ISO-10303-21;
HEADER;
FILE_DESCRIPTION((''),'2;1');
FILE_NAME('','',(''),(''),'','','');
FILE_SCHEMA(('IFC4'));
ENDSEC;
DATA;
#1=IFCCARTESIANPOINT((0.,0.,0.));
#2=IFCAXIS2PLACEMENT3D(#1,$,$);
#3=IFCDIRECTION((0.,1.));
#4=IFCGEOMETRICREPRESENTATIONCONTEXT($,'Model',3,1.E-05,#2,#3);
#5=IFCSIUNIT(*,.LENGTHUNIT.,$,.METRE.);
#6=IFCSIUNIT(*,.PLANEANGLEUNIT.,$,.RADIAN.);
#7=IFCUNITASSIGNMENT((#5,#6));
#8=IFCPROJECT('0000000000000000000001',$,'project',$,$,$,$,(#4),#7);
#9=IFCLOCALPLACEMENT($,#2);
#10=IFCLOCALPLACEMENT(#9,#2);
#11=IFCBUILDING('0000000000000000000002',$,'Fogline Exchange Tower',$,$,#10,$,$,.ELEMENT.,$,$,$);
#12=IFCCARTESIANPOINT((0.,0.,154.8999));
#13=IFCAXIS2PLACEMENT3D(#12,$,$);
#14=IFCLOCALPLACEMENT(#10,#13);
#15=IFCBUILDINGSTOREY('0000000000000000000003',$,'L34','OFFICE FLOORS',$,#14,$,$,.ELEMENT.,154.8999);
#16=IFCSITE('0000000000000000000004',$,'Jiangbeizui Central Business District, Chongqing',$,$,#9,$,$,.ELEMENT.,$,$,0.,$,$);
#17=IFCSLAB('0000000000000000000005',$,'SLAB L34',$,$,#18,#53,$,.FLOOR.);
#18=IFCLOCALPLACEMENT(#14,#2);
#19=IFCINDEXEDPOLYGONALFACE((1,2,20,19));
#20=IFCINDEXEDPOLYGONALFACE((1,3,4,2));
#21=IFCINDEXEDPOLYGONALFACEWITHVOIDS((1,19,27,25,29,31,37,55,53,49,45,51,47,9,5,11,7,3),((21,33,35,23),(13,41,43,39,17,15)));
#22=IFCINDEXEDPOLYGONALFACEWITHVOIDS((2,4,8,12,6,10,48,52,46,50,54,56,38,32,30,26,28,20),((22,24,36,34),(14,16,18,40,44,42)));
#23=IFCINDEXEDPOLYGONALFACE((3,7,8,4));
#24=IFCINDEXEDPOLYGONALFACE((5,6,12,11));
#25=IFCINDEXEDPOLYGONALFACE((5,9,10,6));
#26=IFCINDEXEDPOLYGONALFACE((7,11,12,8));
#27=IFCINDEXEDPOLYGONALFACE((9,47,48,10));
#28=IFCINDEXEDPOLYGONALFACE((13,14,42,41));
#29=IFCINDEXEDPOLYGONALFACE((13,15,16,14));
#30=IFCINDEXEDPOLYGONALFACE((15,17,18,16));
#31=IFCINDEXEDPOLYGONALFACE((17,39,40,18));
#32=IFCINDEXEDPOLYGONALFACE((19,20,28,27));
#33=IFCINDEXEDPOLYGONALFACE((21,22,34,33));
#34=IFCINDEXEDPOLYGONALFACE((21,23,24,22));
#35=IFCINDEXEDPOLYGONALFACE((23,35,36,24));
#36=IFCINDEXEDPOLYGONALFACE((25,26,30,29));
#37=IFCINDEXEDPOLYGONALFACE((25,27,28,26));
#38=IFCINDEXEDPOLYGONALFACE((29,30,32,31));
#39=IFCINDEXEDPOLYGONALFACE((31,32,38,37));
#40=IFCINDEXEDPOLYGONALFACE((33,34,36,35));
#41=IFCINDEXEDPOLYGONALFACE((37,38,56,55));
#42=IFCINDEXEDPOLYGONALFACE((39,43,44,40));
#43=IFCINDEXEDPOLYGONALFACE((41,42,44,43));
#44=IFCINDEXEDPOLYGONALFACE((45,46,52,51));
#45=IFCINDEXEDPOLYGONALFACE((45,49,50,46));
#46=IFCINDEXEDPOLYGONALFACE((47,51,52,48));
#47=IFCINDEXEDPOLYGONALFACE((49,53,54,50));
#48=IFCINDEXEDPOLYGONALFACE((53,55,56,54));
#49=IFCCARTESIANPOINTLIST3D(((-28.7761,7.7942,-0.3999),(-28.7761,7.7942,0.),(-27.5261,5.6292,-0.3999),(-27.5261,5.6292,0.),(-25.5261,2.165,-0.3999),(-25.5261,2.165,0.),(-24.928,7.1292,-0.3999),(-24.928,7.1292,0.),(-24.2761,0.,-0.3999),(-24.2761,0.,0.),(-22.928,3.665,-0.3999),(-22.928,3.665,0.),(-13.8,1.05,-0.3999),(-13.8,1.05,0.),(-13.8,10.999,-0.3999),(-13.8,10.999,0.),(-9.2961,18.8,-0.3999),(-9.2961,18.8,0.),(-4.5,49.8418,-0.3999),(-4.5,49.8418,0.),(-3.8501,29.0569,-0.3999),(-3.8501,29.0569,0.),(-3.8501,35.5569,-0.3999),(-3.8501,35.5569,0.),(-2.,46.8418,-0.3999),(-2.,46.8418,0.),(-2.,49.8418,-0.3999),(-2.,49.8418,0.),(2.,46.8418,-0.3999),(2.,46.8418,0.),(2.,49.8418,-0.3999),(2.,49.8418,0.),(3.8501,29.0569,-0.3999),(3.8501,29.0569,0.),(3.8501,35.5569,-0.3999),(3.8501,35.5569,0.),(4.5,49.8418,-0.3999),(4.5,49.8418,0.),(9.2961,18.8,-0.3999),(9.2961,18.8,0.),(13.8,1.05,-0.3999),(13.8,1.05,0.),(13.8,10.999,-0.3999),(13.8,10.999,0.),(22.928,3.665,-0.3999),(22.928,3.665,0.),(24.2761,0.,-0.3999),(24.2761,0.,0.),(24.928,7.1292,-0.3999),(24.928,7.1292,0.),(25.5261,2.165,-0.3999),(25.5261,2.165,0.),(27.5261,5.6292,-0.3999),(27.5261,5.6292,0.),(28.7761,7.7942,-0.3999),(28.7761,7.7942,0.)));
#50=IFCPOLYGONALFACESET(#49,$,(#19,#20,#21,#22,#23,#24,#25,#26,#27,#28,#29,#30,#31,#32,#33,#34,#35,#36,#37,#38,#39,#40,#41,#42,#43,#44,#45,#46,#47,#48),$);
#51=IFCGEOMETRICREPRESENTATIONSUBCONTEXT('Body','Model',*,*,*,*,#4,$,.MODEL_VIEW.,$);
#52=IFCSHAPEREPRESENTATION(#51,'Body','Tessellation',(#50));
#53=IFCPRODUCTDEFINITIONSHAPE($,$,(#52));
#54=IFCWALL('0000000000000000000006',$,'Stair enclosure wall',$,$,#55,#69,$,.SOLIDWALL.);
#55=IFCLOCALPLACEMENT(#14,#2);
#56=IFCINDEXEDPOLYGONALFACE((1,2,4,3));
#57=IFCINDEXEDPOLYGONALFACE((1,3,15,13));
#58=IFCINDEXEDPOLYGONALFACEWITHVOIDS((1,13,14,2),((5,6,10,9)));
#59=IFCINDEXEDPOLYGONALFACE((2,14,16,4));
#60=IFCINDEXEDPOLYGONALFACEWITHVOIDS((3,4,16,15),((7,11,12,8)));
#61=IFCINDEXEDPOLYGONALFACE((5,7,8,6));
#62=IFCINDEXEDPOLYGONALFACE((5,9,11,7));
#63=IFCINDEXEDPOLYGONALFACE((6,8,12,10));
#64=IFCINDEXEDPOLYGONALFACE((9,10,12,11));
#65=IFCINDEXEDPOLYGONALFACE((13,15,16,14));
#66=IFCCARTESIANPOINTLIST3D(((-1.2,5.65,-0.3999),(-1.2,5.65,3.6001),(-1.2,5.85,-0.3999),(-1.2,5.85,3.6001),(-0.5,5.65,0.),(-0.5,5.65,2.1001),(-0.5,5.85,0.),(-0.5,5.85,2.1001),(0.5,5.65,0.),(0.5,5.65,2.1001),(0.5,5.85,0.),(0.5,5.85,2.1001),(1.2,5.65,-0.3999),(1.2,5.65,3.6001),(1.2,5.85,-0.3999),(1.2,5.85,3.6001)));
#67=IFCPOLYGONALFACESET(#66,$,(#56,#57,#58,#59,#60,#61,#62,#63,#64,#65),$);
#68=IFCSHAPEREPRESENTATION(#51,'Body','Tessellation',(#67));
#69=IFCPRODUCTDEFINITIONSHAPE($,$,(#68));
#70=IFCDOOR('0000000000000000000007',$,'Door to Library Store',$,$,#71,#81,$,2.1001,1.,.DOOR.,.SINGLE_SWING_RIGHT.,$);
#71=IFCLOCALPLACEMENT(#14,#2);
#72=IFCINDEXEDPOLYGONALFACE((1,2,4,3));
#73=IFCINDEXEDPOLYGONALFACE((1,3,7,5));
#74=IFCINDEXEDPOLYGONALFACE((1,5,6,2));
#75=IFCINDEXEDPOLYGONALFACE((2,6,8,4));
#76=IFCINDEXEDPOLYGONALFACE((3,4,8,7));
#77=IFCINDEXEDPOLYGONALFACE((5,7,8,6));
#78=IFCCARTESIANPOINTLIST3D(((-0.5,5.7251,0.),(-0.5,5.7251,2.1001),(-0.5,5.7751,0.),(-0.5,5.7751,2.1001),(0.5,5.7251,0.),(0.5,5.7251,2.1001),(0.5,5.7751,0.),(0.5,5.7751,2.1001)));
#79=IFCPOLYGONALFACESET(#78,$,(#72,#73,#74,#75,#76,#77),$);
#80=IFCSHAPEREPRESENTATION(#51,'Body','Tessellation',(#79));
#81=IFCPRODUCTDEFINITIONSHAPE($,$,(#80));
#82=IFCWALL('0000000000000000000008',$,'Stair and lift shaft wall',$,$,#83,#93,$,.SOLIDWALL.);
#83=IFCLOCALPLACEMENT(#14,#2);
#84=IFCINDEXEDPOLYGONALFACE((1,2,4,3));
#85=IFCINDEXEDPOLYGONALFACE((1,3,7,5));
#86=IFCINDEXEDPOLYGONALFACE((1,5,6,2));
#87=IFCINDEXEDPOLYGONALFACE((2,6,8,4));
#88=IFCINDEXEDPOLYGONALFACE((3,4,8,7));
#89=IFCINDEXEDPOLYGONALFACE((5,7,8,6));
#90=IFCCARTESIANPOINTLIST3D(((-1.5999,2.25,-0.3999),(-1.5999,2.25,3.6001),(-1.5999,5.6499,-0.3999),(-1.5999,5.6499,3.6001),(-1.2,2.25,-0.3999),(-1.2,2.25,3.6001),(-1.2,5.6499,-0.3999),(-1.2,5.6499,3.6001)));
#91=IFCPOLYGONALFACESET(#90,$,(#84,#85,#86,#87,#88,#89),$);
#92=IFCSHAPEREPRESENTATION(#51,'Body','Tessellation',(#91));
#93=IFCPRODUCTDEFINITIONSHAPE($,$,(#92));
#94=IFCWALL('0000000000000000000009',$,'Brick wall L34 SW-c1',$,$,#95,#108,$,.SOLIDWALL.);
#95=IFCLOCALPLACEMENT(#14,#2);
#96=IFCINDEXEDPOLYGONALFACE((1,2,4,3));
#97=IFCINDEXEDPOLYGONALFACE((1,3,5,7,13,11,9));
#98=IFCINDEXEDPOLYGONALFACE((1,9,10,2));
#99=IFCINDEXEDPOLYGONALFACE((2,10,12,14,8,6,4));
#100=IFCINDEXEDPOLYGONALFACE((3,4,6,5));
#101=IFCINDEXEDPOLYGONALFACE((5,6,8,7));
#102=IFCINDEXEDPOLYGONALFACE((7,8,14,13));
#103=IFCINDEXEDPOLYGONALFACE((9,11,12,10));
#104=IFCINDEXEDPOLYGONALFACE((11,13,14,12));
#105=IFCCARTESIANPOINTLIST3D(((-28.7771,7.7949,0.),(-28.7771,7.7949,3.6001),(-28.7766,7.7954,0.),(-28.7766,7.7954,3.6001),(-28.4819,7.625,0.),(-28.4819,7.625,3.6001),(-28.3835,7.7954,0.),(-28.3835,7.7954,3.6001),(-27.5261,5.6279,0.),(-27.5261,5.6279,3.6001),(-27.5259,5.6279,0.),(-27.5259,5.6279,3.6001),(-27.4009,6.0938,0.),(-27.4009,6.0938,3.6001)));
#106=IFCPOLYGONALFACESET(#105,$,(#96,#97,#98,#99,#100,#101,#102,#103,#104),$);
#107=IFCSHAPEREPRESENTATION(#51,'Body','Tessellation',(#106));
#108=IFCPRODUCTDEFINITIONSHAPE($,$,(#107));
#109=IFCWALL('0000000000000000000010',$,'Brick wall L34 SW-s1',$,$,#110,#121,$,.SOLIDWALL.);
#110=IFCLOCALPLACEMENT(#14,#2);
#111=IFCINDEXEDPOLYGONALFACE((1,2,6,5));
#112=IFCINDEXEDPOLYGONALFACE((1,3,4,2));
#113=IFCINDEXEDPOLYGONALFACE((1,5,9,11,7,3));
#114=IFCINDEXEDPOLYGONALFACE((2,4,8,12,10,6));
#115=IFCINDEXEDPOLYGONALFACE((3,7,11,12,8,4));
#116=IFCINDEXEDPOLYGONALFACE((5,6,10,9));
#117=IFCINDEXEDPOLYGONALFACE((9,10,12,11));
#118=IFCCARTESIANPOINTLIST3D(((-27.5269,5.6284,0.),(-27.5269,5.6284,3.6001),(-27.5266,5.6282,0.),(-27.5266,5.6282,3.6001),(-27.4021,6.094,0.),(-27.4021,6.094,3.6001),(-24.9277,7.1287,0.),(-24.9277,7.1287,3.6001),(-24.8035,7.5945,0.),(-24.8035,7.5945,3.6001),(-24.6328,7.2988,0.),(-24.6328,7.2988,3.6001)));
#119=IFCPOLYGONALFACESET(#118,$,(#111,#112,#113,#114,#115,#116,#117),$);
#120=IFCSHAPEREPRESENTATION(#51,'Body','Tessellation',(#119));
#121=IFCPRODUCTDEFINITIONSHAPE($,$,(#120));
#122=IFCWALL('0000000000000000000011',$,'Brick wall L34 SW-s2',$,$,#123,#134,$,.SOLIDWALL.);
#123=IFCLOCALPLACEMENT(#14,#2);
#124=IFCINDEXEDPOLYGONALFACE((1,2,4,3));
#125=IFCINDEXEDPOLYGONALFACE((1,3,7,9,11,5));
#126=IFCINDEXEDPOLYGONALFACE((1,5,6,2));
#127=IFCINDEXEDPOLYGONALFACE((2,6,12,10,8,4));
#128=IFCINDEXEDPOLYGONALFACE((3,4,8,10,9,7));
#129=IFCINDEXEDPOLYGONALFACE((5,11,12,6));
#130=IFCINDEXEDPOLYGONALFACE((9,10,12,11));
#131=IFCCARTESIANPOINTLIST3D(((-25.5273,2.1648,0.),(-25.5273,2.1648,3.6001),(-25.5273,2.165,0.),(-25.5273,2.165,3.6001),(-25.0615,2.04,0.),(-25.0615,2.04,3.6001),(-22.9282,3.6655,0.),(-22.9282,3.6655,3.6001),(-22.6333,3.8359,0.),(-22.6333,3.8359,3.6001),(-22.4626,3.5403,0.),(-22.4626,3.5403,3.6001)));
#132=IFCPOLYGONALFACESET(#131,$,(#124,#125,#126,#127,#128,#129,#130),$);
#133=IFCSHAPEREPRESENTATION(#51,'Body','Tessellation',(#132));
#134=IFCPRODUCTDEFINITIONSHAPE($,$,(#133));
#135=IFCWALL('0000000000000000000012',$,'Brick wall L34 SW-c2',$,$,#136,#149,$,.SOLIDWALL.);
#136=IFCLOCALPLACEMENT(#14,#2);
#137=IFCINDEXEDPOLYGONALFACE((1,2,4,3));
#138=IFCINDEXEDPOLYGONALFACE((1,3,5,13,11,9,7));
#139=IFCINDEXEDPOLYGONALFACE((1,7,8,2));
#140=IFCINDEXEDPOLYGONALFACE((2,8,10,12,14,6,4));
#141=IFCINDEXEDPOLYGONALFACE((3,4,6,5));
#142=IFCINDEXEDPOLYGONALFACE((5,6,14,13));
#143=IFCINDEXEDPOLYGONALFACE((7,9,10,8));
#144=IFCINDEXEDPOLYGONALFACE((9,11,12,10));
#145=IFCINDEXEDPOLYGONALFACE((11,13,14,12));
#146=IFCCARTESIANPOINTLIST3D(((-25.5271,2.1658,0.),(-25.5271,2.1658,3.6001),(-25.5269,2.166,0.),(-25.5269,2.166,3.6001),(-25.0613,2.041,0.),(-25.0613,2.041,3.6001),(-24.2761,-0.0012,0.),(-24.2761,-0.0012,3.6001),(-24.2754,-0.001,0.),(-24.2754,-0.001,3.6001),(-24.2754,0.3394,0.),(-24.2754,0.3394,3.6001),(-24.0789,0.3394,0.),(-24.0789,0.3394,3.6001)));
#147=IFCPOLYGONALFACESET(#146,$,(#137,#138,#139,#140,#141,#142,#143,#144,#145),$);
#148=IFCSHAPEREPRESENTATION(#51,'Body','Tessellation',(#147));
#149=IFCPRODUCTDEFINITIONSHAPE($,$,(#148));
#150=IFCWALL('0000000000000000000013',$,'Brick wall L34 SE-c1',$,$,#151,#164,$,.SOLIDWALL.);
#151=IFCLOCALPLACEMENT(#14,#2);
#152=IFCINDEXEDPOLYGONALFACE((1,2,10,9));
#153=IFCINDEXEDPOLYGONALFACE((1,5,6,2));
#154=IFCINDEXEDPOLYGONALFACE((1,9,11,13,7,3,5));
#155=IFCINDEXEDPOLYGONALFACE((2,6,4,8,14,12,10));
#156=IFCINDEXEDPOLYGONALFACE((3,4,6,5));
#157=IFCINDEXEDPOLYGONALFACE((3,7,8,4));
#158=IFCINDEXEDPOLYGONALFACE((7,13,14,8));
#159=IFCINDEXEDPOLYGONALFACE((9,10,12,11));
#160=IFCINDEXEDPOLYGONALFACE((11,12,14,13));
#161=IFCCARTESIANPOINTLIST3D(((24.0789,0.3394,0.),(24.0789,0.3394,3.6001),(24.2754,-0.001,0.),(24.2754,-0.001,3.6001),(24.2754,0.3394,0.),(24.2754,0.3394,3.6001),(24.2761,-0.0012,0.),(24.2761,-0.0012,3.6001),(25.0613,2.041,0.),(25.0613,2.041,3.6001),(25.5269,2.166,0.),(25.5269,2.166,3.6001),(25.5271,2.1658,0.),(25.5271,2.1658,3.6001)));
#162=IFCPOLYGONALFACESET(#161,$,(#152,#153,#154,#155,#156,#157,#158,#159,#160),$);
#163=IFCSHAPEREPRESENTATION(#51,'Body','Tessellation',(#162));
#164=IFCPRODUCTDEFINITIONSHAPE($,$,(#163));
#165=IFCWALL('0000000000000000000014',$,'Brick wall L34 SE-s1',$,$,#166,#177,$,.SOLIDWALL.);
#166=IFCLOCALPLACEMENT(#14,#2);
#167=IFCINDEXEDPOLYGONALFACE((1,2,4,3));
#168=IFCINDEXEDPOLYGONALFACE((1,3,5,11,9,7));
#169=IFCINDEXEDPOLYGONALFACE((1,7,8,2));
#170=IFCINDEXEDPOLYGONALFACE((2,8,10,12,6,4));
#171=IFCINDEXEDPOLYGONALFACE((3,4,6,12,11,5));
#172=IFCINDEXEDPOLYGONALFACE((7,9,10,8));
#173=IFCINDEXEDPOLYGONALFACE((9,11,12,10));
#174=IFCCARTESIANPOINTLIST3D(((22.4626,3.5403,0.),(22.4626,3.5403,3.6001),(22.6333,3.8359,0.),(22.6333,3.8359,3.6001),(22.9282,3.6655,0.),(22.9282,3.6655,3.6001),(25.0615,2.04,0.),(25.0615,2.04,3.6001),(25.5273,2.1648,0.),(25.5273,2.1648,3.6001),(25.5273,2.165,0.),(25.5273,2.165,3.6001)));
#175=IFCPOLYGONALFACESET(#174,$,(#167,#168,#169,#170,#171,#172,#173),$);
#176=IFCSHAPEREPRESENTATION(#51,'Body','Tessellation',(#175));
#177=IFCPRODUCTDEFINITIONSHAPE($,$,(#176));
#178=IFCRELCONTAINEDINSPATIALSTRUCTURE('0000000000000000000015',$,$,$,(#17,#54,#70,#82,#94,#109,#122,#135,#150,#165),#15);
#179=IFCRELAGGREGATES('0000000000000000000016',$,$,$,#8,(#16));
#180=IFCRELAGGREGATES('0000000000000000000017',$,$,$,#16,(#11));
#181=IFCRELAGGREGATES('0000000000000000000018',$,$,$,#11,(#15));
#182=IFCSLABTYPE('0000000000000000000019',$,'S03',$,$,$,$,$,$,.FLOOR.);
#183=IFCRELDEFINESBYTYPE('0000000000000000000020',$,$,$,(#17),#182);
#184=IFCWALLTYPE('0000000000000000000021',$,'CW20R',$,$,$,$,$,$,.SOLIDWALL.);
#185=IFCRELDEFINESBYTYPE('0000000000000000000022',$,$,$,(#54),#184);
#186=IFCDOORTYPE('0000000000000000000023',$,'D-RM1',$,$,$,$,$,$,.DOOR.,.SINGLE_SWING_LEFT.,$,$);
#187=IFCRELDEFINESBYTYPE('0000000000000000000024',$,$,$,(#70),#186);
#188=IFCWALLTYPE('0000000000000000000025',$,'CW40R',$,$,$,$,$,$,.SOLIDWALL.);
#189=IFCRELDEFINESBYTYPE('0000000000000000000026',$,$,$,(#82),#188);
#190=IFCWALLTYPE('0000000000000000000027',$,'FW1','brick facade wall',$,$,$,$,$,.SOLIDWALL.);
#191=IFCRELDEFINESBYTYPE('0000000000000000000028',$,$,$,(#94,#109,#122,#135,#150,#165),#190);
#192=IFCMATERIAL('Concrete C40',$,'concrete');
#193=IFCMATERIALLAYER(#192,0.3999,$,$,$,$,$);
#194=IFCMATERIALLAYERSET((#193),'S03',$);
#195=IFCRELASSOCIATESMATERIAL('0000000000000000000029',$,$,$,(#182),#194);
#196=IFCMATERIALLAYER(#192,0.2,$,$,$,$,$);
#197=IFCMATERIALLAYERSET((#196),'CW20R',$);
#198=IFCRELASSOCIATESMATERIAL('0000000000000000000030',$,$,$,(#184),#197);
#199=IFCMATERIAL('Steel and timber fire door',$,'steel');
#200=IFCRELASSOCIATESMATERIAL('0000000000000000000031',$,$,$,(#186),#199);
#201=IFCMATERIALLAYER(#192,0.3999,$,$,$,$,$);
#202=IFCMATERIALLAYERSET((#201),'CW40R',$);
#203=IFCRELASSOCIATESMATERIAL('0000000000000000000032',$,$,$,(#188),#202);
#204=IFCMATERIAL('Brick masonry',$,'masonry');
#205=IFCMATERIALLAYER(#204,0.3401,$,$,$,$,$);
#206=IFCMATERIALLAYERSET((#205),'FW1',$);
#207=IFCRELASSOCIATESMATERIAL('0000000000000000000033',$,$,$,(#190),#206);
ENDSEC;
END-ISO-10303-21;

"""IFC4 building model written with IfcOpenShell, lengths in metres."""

from ifc_helpers import new_model, si_unit, direction, frame, frame_2d, origin, place, context, subcontext, project, spatial, polyline, rectangle, outline, extrude, material, layer, layer_set, type_object, element, fill, save


model = new_model("IFC4")

# Units and contexts
model_context = context("Model", 3, precision=1e-05, world=origin(), true_north=direction((0.0, 1.0)))
body_context = subcontext(model_context, "Body", "Model", "MODEL_VIEW")
ifc_project = project(units=[si_unit("LENGTHUNIT", "METRE"), si_unit("PLANEANGLEUNIT", "RADIAN")], contexts=[model_context])

# Site, building, storey
site_placement = place(None, origin())
site = spatial("IfcSite", under=ifc_project, at=site_placement, Name="Jiangbeizui Central Business District, Chongqing", CompositionType="ELEMENT", RefElevation=0.0)
building_placement = place(site_placement, origin())
building = spatial("IfcBuilding", under=site, at=building_placement, Name="Fogline Exchange Tower", CompositionType="ELEMENT")
storey_placement = place(building_placement, frame((0.0, 0.0, 154.8999)))
storey = spatial("IfcBuildingStorey", under=building, at=storey_placement, Name="L34", Description="OFFICE FLOORS", CompositionType="ELEMENT", Elevation=154.8999)

# Slab
ifc_material_1 = material(Name="Concrete C40", Category="concrete")
ifc_layer_1 = layer(ifc_material_1, 0.3999)
ifc_layer_set_1 = layer_set([ifc_layer_1], Name="S03")
slab_type = type_object("IfcSlabType", Name="S03", PredefinedType="FLOOR", material=ifc_layer_set_1)
slab_placement = place(storey_placement, frame((0.0, 0.0, -0.3999)))
element("IfcSlab", 1, at=slab_placement, inside=storey, type_object=slab_type, Name="SLAB L34", PredefinedType="FLOOR", context=body_context, shape_type="SweptSolid", body=[
    extrude(outline(polyline([(-2.0, 49.8418), (-4.5, 49.8418), (-28.7761, 7.7942), (-27.5261, 5.6292), (-24.928, 7.1292), (-22.928, 3.665), (-25.5261, 2.165), (-24.2761, 0.0), (24.2761, 0.0), (25.5261, 2.165), (22.928, 3.665), (24.928, 7.1292), (27.5261, 5.6292), (28.7761, 7.7942), (4.5, 49.8418), (2.0, 49.8418), (2.0, 46.8418), (-2.0, 46.8418), (-2.0, 49.8418)]), holes=[polyline([(13.8, 10.999), (13.8, 1.05), (-13.8, 1.05), (-13.8, 10.999), (-9.2961, 18.8), (9.2961, 18.8), (13.8, 10.999)]), polyline([(3.8501, 35.5569), (3.8501, 29.0569), (-3.8501, 29.0569), (-3.8501, 35.5569), (3.8501, 35.5569)])]), origin(), (0.0, 0.0, 1.0), 0.3999),
])

# Wall, opening, door
ifc_layer_2 = layer(ifc_material_1, 0.2)
ifc_layer_set_2 = layer_set([ifc_layer_2], Name="CW20R")
wall_type_1 = type_object("IfcWallType", Name="CW20R", PredefinedType="SOLIDWALL", material=ifc_layer_set_2)
wall_1_placement = place(storey_placement, frame((-1.2, 5.75, -0.3999), z_axis=(0.0, 0.0, 1.0), x_axis=(1.0, 0.0, 0.0)))
wall_1 = element("IfcWall", 2, at=wall_1_placement, inside=storey, type_object=wall_type_1, Name="Stair enclosure wall", PredefinedType="SOLIDWALL", context=body_context, shape_type="SweptSolid", body=[
    extrude(rectangle(XDim=2.3999, YDim=0.2, at=frame_2d((1.2, 0.0))), origin(), (0.0, 0.0, 1.0), 4.0),
])
opening_placement = place(wall_1_placement, frame((0.7, 0.0, 0.3999)))
opening = element("IfcOpeningElement", 3, at=opening_placement, cuts=wall_1, PredefinedType="OPENING", context=body_context, shape_type="SweptSolid", body=[
    extrude(rectangle(XDim=1.0, YDim=2.1001, at=frame_2d((0.5, 1.05))), frame((0.0, 0.1099, 0.0), z_axis=(0.0, -1.0, 0.0), x_axis=(1.0, 0.0, 0.0)), (0.0, 0.0, 1.0), 0.22),
])
ifc_material_2 = material(Name="Steel and timber fire door", Category="steel")
door_type = type_object("IfcDoorType", Name="D-RM1", OperationType="SINGLE_SWING_LEFT", PredefinedType="DOOR", material=ifc_material_2)
door_placement = place(opening_placement, frame((1.0, 0.0, 0.0), z_axis=(0.0, 0.0, 1.0), x_axis=(-1.0, 0.0, 0.0)))
door = element("IfcDoor", 4, at=door_placement, inside=storey, type_object=door_type, Name="Door to Library Store", OperationType="SINGLE_SWING_RIGHT", OverallHeight=2.1001, OverallWidth=1.0, PredefinedType="DOOR", context=body_context, shape_type="SweptSolid", body=[
    extrude(rectangle(XDim=1.0, YDim=2.1001, at=frame_2d((0.5, 1.05))), frame((0.0, 0.0249, 0.0), z_axis=(0.0, -1.0, 0.0), x_axis=(1.0, 0.0, 0.0)), (0.0, 0.0, 1.0), 0.05),
])
fill(opening, door)

# Walls
ifc_layer_3 = layer(ifc_material_1, 0.3999)
ifc_layer_set_3 = layer_set([ifc_layer_3], Name="CW40R")
wall_type_2 = type_object("IfcWallType", Name="CW40R", PredefinedType="SOLIDWALL", material=ifc_layer_set_3)
wall_2_placement = place(storey_placement, frame((-1.3999, 2.25, -0.3999), z_axis=(0.0, 0.0, 1.0), x_axis=(0.0, 1.0, 0.0)))
element("IfcWall", 5, at=wall_2_placement, inside=storey, type_object=wall_type_2, Name="Stair and lift shaft wall", PredefinedType="SOLIDWALL", context=body_context, shape_type="SweptSolid", body=[
    extrude(rectangle(XDim=3.3999, YDim=0.3999, at=frame_2d((1.7, 0.0))), origin(), (0.0, 0.0, 1.0), 4.0),
])
ifc_material_3 = material(Name="Brick masonry", Category="masonry")
ifc_layer_4 = layer(ifc_material_3, 0.3401)
ifc_layer_set_4 = layer_set([ifc_layer_4], Name="FW1")
wall_type_3 = type_object("IfcWallType", Name="FW1", Description="brick facade wall", PredefinedType="SOLIDWALL", material=ifc_layer_set_4)
wall_3_placement = place(storey_placement, origin())
element("IfcWall", 6, at=wall_3_placement, inside=storey, type_object=wall_type_3, Name="Brick wall L34 SW-c1", PredefinedType="SOLIDWALL", context=body_context, shape_type="SweptSolid", body=[
    extrude(outline(polyline([(-27.5261, 5.6279), (-28.7771, 7.7949), (-28.7766, 7.7954), (-28.4819, 7.625), (-28.3835, 7.7954), (-27.4009, 6.0938), (-27.5259, 5.6279), (-27.5261, 5.6279)])), origin(), (0.0, 0.0, 1.0), 3.6001),
])
wall_4_placement = place(storey_placement, origin())
element("IfcWall", 7, at=wall_4_placement, inside=storey, type_object=wall_type_3, Name="Brick wall L34 SW-s1", PredefinedType="SOLIDWALL", context=body_context, shape_type="SweptSolid", body=[
    extrude(outline(polyline([(-24.8035, 7.5945), (-24.6328, 7.2988), (-24.9277, 7.1287), (-27.5266, 5.6282), (-27.5269, 5.6284), (-27.4021, 6.094), (-24.8035, 7.5945)])), origin(), (0.0, 0.0, 1.0), 3.6001),
])
wall_5_placement = place(storey_placement, origin())
element("IfcWall", 8, at=wall_5_placement, inside=storey, type_object=wall_type_3, Name="Brick wall L34 SW-s2", PredefinedType="SOLIDWALL", context=body_context, shape_type="SweptSolid", body=[
    extrude(outline(polyline([(-25.5273, 2.165), (-22.9282, 3.6655), (-22.6333, 3.8359), (-22.4626, 3.5403), (-25.0615, 2.04), (-25.5273, 2.1648), (-25.5273, 2.165)])), origin(), (0.0, 0.0, 1.0), 3.6001),
])
wall_6_placement = place(storey_placement, origin())
element("IfcWall", 9, at=wall_6_placement, inside=storey, type_object=wall_type_3, Name="Brick wall L34 SW-c2", PredefinedType="SOLIDWALL", context=body_context, shape_type="SweptSolid", body=[
    extrude(outline(polyline([(-24.0789, 0.3394), (-24.2754, 0.3394), (-24.2754, -0.001), (-24.2761, -0.0012), (-25.5271, 2.1658), (-25.5269, 2.166), (-25.0613, 2.041), (-24.0789, 0.3394)])), origin(), (0.0, 0.0, 1.0), 3.6001),
])
wall_7_placement = place(storey_placement, origin())
element("IfcWall", 10, at=wall_7_placement, inside=storey, type_object=wall_type_3, Name="Brick wall L34 SE-c1", PredefinedType="SOLIDWALL", context=body_context, shape_type="SweptSolid", body=[
    extrude(outline(polyline([(25.5271, 2.1658), (24.2761, -0.0012), (24.2754, -0.001), (24.2754, 0.3394), (24.0789, 0.3394), (25.0613, 2.041), (25.5269, 2.166), (25.5271, 2.1658)])), origin(), (0.0, 0.0, 1.0), 3.6001),
])
wall_8_placement = place(storey_placement, origin())
element("IfcWall", 11, at=wall_8_placement, inside=storey, type_object=wall_type_3, Name="Brick wall L34 SE-s1", PredefinedType="SOLIDWALL", context=body_context, shape_type="SweptSolid", body=[
    extrude(outline(polyline([(22.4626, 3.5403), (22.6333, 3.8359), (22.9282, 3.6655), (25.5273, 2.165), (25.5273, 2.1648), (25.0615, 2.04), (22.4626, 3.5403)])), origin(), (0.0, 0.0, 1.0), 3.6001),
])

save(model, "model.ifc")
